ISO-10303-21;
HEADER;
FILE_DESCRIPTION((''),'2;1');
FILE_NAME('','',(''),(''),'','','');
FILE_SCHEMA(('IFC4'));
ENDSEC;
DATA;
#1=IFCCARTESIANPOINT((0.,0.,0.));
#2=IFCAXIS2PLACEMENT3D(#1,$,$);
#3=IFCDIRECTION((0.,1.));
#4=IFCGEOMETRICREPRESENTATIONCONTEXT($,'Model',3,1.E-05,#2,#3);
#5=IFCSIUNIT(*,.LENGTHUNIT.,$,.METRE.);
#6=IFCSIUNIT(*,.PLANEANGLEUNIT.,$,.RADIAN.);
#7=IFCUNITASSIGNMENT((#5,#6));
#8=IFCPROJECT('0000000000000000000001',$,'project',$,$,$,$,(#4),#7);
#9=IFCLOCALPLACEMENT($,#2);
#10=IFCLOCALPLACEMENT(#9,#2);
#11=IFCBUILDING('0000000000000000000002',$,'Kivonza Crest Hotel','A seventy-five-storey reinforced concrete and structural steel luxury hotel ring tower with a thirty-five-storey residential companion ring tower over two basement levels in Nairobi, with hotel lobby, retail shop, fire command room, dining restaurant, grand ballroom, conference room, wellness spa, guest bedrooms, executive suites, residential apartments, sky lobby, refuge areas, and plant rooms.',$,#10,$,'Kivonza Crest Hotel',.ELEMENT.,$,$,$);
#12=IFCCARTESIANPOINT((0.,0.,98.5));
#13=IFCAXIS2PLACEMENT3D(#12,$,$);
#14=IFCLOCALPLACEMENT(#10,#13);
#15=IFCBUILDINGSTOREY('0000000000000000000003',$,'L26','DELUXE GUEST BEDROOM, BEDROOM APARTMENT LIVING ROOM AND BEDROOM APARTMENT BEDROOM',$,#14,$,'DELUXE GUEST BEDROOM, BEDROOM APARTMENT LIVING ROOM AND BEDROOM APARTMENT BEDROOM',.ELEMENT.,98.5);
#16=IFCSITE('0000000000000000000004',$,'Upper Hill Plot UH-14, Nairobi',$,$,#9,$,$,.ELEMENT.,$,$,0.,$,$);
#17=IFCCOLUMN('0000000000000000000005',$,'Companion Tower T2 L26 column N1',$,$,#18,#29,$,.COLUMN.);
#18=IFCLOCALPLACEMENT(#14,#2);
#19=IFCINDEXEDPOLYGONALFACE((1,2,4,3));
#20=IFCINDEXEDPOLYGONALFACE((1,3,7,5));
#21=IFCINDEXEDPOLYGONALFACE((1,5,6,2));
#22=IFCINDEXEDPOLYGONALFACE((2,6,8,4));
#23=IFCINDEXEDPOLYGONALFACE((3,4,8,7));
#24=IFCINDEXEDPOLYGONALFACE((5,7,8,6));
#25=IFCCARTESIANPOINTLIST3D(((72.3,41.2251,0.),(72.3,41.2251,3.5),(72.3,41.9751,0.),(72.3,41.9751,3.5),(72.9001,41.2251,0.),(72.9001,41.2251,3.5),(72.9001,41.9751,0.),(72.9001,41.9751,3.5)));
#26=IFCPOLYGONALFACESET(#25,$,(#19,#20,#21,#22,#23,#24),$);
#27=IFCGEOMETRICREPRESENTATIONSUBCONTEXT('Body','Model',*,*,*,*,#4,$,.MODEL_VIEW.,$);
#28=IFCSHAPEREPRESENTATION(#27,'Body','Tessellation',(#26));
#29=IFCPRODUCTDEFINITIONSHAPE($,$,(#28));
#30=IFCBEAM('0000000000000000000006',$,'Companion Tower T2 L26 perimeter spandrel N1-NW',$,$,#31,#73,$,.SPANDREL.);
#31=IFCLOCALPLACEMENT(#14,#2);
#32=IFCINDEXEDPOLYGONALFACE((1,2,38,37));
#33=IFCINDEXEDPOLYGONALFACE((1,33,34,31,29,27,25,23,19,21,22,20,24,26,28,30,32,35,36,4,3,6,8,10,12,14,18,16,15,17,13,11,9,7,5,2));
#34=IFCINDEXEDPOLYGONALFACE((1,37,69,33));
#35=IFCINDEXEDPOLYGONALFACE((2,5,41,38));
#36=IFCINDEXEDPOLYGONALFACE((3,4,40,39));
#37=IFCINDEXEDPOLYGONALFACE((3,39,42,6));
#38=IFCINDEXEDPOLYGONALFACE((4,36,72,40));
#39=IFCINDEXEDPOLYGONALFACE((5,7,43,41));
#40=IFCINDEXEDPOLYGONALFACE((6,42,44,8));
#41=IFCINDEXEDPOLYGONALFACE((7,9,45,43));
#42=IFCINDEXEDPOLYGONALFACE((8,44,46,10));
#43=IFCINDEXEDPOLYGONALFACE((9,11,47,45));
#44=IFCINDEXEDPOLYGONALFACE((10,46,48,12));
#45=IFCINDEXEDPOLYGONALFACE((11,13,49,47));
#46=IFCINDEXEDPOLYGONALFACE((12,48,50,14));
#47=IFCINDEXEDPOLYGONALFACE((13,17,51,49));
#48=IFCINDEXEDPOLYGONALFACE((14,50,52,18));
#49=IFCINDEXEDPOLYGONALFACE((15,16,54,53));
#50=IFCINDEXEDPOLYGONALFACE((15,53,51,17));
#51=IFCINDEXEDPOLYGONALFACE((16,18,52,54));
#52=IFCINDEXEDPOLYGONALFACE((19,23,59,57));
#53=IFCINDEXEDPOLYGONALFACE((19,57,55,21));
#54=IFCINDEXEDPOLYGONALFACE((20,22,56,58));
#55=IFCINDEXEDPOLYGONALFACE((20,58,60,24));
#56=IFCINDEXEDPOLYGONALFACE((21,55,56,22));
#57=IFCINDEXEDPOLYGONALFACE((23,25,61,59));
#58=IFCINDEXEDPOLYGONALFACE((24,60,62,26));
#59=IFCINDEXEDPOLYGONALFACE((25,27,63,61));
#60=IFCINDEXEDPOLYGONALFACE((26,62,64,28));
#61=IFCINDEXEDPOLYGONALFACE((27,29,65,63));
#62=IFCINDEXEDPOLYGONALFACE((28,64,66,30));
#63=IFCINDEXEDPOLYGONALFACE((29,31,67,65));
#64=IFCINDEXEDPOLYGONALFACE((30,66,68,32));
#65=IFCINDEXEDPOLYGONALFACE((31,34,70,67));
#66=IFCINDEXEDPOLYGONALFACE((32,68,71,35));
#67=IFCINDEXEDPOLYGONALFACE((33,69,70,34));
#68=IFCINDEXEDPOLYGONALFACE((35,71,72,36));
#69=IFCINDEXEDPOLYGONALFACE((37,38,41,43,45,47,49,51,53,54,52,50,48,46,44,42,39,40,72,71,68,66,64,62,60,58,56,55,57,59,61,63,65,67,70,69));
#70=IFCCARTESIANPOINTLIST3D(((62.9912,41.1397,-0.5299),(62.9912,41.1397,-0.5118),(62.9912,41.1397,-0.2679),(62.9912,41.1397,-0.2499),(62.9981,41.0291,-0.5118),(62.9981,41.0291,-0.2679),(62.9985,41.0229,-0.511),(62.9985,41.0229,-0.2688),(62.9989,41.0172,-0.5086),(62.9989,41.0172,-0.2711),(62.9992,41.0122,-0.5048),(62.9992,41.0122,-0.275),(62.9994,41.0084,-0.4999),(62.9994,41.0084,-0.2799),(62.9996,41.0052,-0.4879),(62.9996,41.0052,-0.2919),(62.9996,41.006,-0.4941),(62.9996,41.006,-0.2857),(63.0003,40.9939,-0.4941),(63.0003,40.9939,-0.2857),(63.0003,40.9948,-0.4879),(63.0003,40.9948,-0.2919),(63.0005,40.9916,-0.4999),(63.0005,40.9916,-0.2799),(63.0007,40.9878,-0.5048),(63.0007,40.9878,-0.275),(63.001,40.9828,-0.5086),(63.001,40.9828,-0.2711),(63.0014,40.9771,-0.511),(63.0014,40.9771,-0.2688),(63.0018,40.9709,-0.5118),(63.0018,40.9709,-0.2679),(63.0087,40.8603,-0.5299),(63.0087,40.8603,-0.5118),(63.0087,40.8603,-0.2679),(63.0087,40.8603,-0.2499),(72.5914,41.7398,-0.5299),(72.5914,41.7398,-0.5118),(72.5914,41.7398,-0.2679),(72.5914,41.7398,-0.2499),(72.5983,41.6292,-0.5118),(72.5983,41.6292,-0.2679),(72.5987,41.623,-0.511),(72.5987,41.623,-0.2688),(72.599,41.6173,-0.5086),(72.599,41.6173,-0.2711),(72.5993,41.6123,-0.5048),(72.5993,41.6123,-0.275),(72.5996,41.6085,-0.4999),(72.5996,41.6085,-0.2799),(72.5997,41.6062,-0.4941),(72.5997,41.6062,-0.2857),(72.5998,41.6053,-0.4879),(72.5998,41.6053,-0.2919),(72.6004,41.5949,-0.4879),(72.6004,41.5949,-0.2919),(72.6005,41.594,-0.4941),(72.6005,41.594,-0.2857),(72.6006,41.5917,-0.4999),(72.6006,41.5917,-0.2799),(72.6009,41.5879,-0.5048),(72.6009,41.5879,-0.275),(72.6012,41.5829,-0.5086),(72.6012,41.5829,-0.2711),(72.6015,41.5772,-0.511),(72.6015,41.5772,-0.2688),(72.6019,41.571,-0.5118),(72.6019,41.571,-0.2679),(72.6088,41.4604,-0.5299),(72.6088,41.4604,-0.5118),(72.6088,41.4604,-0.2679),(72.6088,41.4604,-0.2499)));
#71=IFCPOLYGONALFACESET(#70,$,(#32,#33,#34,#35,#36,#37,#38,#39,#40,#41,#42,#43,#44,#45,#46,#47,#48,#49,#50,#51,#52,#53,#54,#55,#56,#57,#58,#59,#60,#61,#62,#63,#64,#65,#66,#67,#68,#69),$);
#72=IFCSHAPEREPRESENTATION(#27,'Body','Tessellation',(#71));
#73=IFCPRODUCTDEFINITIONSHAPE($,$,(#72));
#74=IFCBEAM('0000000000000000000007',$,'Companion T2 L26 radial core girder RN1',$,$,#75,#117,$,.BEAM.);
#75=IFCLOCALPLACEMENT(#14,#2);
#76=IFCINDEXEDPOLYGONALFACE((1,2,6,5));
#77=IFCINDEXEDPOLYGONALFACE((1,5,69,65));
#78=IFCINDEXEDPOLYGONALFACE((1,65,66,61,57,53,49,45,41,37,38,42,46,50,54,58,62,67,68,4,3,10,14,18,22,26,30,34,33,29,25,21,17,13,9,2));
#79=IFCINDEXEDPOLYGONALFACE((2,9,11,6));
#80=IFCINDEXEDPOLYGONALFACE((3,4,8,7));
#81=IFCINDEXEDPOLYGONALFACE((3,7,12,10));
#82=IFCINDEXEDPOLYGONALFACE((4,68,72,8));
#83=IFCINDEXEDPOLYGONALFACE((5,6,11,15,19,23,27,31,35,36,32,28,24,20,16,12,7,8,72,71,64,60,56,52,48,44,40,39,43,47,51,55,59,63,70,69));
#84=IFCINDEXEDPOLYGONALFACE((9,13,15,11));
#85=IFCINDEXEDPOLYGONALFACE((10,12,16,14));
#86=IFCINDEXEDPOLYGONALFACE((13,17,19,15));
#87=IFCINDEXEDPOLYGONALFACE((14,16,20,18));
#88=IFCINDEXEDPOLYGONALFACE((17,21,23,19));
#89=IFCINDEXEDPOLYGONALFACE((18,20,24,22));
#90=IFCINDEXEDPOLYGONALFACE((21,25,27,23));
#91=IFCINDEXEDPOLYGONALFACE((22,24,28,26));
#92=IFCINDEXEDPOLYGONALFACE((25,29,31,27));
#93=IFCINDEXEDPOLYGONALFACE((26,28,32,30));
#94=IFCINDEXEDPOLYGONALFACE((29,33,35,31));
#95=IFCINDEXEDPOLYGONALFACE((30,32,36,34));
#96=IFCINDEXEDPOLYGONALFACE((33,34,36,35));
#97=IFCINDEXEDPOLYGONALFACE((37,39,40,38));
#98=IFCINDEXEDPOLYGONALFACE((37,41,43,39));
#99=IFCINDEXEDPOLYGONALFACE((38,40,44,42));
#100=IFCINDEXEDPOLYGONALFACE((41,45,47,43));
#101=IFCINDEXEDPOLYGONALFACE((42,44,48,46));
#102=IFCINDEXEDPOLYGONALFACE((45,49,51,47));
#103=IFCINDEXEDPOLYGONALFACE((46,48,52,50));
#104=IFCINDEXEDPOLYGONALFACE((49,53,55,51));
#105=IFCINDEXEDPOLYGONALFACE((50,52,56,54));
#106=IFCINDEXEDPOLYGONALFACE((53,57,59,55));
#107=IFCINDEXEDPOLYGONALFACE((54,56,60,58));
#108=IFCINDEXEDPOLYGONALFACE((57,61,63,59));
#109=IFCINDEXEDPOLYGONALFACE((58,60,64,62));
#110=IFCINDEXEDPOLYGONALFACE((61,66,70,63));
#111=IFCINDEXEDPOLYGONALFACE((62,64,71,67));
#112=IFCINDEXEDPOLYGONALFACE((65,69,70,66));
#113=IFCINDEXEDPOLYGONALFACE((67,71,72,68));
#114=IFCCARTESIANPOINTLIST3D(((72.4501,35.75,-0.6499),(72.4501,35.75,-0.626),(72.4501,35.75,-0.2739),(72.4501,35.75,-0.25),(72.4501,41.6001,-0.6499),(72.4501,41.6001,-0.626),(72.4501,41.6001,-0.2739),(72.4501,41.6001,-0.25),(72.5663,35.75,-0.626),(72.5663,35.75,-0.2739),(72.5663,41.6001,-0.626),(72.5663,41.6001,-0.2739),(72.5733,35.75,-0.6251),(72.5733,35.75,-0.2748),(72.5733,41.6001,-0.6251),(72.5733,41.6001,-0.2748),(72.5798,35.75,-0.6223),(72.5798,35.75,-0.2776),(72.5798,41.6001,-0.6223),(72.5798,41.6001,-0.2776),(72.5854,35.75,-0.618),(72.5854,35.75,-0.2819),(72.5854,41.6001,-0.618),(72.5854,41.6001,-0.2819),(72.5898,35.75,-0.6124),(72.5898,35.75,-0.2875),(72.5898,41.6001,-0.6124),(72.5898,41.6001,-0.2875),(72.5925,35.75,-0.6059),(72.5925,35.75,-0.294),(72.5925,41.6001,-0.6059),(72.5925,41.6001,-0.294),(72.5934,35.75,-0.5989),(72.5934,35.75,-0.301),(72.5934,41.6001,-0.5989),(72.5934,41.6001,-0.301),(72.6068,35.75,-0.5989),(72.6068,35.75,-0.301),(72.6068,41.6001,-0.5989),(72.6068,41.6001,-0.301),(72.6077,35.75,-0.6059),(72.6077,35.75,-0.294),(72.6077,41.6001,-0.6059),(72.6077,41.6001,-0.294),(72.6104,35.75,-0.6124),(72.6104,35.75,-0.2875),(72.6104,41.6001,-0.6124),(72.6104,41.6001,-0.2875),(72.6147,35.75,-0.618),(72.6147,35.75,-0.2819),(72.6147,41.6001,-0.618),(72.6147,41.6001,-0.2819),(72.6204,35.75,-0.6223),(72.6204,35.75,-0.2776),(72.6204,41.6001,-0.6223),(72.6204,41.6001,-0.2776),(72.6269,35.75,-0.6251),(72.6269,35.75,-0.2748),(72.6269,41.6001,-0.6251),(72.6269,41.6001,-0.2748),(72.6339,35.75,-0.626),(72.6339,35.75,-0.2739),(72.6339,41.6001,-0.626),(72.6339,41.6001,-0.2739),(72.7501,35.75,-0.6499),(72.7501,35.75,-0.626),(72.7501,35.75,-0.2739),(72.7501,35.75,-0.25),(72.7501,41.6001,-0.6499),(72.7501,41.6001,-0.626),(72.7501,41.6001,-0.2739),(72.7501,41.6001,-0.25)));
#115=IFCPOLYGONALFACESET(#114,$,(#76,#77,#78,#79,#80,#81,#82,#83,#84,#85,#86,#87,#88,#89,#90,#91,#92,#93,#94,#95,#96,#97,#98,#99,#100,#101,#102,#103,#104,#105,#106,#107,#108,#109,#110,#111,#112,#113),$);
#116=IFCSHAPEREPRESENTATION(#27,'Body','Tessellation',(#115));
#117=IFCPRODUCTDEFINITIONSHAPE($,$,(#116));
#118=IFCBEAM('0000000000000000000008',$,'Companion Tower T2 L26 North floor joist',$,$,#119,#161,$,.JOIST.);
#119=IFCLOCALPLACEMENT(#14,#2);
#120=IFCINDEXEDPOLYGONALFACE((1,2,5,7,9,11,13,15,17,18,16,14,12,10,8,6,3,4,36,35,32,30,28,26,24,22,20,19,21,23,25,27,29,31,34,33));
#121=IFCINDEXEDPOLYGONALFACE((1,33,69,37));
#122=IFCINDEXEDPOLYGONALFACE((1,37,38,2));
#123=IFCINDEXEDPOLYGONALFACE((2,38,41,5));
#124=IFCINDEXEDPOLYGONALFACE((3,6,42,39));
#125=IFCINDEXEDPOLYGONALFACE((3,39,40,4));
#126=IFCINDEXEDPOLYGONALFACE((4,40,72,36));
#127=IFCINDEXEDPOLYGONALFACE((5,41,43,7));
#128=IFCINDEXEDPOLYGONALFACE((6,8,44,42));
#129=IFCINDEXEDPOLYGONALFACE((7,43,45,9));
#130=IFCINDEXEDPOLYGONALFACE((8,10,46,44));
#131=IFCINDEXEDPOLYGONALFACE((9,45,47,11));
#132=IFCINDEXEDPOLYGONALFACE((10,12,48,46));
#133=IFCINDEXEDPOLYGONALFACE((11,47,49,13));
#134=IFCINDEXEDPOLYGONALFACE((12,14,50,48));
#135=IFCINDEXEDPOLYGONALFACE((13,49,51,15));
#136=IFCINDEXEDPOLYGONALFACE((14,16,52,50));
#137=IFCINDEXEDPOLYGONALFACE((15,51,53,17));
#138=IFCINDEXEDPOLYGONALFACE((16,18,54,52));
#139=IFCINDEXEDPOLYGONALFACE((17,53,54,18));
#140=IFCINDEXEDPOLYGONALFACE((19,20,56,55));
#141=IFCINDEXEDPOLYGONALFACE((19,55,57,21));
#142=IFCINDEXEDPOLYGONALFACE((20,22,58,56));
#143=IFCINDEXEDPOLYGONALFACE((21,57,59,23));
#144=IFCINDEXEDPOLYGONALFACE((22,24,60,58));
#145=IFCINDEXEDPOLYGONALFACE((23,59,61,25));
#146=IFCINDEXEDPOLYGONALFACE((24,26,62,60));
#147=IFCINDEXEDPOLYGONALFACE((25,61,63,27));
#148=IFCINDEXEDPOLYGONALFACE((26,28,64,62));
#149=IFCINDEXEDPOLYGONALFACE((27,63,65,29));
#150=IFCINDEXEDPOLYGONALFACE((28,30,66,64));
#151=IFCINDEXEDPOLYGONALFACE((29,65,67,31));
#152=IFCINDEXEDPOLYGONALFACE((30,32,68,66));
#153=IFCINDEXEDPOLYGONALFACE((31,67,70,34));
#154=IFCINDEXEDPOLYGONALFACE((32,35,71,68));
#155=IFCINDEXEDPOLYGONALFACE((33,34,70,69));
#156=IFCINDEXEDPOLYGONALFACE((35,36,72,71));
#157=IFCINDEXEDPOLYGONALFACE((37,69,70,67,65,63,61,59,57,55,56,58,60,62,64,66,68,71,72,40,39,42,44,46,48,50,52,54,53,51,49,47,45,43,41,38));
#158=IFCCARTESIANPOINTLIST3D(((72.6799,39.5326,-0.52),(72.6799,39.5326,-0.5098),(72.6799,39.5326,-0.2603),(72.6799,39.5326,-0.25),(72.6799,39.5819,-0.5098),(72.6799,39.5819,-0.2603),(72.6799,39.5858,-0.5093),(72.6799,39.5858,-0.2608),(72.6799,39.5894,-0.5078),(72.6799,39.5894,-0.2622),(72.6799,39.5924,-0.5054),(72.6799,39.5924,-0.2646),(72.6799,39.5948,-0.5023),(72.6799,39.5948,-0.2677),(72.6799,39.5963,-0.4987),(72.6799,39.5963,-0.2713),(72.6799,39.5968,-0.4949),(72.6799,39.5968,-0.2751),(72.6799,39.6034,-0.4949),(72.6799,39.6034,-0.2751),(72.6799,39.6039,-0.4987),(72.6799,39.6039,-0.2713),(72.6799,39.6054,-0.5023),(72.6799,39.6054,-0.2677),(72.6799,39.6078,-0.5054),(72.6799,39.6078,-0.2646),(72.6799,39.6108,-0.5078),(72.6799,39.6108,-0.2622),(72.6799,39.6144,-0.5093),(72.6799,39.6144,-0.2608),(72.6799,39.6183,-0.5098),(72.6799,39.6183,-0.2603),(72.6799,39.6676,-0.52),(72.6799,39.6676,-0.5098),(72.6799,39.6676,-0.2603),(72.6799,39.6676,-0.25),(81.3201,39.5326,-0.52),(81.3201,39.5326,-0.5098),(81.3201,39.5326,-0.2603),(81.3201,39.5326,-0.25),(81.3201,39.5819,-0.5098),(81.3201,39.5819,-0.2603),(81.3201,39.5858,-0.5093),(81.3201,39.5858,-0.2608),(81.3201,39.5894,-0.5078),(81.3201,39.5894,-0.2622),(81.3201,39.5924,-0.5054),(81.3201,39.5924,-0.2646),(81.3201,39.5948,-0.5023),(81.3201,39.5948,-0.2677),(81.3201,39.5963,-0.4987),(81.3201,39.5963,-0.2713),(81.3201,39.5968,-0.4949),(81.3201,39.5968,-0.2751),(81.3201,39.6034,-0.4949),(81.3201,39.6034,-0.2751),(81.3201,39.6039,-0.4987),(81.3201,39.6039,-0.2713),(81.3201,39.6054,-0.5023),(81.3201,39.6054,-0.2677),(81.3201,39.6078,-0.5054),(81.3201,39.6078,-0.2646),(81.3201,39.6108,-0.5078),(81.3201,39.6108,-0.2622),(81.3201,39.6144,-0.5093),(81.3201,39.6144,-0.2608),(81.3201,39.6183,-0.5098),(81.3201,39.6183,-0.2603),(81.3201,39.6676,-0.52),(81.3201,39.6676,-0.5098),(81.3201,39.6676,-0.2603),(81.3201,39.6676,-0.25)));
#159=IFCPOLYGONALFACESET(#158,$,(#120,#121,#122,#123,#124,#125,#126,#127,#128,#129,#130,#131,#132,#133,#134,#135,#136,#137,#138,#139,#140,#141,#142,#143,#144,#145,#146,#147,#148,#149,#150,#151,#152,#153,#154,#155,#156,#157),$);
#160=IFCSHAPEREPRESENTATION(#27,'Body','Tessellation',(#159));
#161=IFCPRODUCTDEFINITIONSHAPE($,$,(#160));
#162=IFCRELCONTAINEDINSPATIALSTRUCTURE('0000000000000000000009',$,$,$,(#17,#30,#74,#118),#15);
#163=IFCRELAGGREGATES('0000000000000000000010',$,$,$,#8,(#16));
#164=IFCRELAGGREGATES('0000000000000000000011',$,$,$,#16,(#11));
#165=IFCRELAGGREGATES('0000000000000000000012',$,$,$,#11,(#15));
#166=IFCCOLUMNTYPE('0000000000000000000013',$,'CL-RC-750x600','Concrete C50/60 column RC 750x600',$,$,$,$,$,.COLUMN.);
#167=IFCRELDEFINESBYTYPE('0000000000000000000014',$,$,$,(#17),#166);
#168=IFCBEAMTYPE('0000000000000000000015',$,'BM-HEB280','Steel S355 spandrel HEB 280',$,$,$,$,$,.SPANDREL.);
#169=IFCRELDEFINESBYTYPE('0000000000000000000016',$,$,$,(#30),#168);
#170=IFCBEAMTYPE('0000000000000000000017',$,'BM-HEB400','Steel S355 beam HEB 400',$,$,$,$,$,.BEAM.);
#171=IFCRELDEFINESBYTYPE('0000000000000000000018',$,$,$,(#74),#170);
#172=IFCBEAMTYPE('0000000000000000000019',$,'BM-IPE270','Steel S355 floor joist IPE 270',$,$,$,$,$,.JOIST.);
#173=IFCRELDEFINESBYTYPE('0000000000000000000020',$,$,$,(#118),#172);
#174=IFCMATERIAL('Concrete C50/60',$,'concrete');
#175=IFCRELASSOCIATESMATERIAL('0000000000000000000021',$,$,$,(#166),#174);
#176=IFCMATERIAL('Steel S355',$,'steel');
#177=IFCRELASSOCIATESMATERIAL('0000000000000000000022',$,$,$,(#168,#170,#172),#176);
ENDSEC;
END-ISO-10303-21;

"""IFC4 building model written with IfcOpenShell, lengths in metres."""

from ifc_helpers import new_model, si_unit, direction, frame, origin, origin_2d, place, context, subcontext, project, spatial, rectangle, i_section, extrude, material, material_profile, profile_set, type_object, element, save


model = new_model("IFC4")

# Units and contexts
model_context = context("Model", 3, precision=1e-05, world=origin(), true_north=direction((0.0, 1.0)))
body_context = subcontext(model_context, "Body", "Model", "MODEL_VIEW")
ifc_project = project(units=[si_unit("LENGTHUNIT", "METRE"), si_unit("PLANEANGLEUNIT", "RADIAN")], contexts=[model_context])

# Site, building, storey
site_placement = place(None, origin())
site = spatial("IfcSite", under=ifc_project, at=site_placement, Name="Upper Hill Plot UH-14, Nairobi", CompositionType="ELEMENT", RefElevation=0.0)
building_placement = place(site_placement, origin())
building = spatial("IfcBuilding", under=site, at=building_placement, Name="Kivonza Crest Hotel", Description="A seventy-five-storey reinforced concrete and structural steel luxury hotel ring tower with a thirty-five-storey residential companion ring tower over two basement levels in Nairobi, with hotel lobby, retail shop, fire command room, dining restaurant, grand ballroom, conference room, wellness spa, guest bedrooms, executive suites, residential apartments, sky lobby, refuge areas, and plant rooms.", LongName="Kivonza Crest Hotel", CompositionType="ELEMENT")
storey_placement = place(building_placement, frame((0.0, 0.0, 98.5)))
storey = spatial("IfcBuildingStorey", under=building, at=storey_placement, Name="L26", Description="DELUXE GUEST BEDROOM, BEDROOM APARTMENT LIVING ROOM AND BEDROOM APARTMENT BEDROOM", LongName="DELUXE GUEST BEDROOM, BEDROOM APARTMENT LIVING ROOM AND BEDROOM APARTMENT BEDROOM", CompositionType="ELEMENT", Elevation=98.5)

# Column
ifc_material_1 = material(Name="Concrete C50/60", Category="concrete")
ifc_material_profile_1 = material_profile(ifc_material_1, rectangle(XDim=0.6001, YDim=0.75, at=origin_2d()), Name="RC 750x600")
ifc_profile_set_1 = profile_set([ifc_material_profile_1], Name="Concrete C50/60")
column_type = type_object("IfcColumnType", Name="CL-RC-750x600", Description="Concrete C50/60 column RC 750x600", PredefinedType="COLUMN", material=ifc_profile_set_1)
column_placement = place(storey_placement, frame((72.6001, 41.6001, 0.0), z_axis=(0.0, 0.0, 1.0), x_axis=(1.0, 0.0, 0.0)))
element("IfcColumn", 1, at=column_placement, inside=storey, type_object=column_type, Name="Companion Tower T2 L26 column N1", PredefinedType="COLUMN", context=body_context, shape_type="SweptSolid", body=[
    extrude(rectangle(XDim=0.6001, YDim=0.75, at=origin_2d()), origin(), (0.0, 0.0, 1.0), 3.5),
])

# Beams
ifc_material_2 = material(Name="Steel S355", Category="steel")
ifc_material_profile_2 = material_profile(ifc_material_2, i_section(OverallWidth=0.28, OverallDepth=0.28, WebThickness=0.0105, FlangeThickness=0.0181, FilletRadius=0.0239, at=origin_2d()), Name="HEB 280")
ifc_profile_set_2 = profile_set([ifc_material_profile_2], Name="Steel S355")
beam_type_1 = type_object("IfcBeamType", Name="BM-HEB280", Description="Steel S355 spandrel HEB 280", PredefinedType="SPANDREL", material=ifc_profile_set_2)
beam_1_placement = place(storey_placement, frame((72.6001, 41.6001, -0.3899), z_axis=(-0.998052, -0.062388, 0.0), x_axis=(0.062388, -0.998052, 0.0)))
element("IfcBeam", 2, at=beam_1_placement, inside=storey, type_object=beam_type_1, Name="Companion Tower T2 L26 perimeter spandrel N1-NW", PredefinedType="SPANDREL", context=body_context, shape_type="SweptSolid", body=[
    extrude(i_section(OverallWidth=0.28, OverallDepth=0.28, WebThickness=0.0105, FlangeThickness=0.0181, FilletRadius=0.0239, at=origin_2d()), origin(), (0.0, 0.0, 1.0), 9.6189),
])
ifc_material_profile_3 = material_profile(ifc_material_2, i_section(OverallWidth=0.3, OverallDepth=0.3999, WebThickness=0.0134, FlangeThickness=0.0239, FilletRadius=0.0271, at=origin_2d()), Name="HEB 400")
ifc_profile_set_3 = profile_set([ifc_material_profile_3], Name="Steel S355")
beam_type_2 = type_object("IfcBeamType", Name="BM-HEB400", Description="Steel S355 beam HEB 400", PredefinedType="BEAM", material=ifc_profile_set_3)
beam_2_placement = place(storey_placement, frame((72.6001, 41.6001, -0.45), z_axis=(0.0, -1.0, 0.0), x_axis=(1.0, 0.0, 0.0)))
element("IfcBeam", 3, at=beam_2_placement, inside=storey, type_object=beam_type_2, Name="Companion T2 L26 radial core girder RN1", PredefinedType="BEAM", context=body_context, shape_type="SweptSolid", body=[
    extrude(i_section(OverallWidth=0.3, OverallDepth=0.3999, WebThickness=0.0134, FlangeThickness=0.0239, FilletRadius=0.0271, at=origin_2d()), origin(), (0.0, 0.0, 1.0), 5.8501),
])
ifc_material_profile_4 = material_profile(ifc_material_2, i_section(OverallWidth=0.135, OverallDepth=0.27, WebThickness=0.0066, FlangeThickness=0.0103, FilletRadius=0.0149, at=origin_2d()), Name="IPE 270")
ifc_profile_set_4 = profile_set([ifc_material_profile_4], Name="Steel S355")
beam_type_3 = type_object("IfcBeamType", Name="BM-IPE270", Description="Steel S355 floor joist IPE 270", PredefinedType="JOIST", material=ifc_profile_set_4)
beam_3_placement = place(storey_placement, frame((72.6799, 39.6001, -0.385), z_axis=(1.0, 0.0, 0.0), x_axis=(0.0, 1.0, 0.0)))
element("IfcBeam", 4, at=beam_3_placement, inside=storey, type_object=beam_type_3, Name="Companion Tower T2 L26 North floor joist", PredefinedType="JOIST", context=body_context, shape_type="SweptSolid", body=[
    extrude(i_section(OverallWidth=0.135, OverallDepth=0.27, WebThickness=0.0066, FlangeThickness=0.0103, FilletRadius=0.0149, at=origin_2d()), origin(), (0.0, 0.0, 1.0), 8.6401),
])

save(model, "model.ifc")
